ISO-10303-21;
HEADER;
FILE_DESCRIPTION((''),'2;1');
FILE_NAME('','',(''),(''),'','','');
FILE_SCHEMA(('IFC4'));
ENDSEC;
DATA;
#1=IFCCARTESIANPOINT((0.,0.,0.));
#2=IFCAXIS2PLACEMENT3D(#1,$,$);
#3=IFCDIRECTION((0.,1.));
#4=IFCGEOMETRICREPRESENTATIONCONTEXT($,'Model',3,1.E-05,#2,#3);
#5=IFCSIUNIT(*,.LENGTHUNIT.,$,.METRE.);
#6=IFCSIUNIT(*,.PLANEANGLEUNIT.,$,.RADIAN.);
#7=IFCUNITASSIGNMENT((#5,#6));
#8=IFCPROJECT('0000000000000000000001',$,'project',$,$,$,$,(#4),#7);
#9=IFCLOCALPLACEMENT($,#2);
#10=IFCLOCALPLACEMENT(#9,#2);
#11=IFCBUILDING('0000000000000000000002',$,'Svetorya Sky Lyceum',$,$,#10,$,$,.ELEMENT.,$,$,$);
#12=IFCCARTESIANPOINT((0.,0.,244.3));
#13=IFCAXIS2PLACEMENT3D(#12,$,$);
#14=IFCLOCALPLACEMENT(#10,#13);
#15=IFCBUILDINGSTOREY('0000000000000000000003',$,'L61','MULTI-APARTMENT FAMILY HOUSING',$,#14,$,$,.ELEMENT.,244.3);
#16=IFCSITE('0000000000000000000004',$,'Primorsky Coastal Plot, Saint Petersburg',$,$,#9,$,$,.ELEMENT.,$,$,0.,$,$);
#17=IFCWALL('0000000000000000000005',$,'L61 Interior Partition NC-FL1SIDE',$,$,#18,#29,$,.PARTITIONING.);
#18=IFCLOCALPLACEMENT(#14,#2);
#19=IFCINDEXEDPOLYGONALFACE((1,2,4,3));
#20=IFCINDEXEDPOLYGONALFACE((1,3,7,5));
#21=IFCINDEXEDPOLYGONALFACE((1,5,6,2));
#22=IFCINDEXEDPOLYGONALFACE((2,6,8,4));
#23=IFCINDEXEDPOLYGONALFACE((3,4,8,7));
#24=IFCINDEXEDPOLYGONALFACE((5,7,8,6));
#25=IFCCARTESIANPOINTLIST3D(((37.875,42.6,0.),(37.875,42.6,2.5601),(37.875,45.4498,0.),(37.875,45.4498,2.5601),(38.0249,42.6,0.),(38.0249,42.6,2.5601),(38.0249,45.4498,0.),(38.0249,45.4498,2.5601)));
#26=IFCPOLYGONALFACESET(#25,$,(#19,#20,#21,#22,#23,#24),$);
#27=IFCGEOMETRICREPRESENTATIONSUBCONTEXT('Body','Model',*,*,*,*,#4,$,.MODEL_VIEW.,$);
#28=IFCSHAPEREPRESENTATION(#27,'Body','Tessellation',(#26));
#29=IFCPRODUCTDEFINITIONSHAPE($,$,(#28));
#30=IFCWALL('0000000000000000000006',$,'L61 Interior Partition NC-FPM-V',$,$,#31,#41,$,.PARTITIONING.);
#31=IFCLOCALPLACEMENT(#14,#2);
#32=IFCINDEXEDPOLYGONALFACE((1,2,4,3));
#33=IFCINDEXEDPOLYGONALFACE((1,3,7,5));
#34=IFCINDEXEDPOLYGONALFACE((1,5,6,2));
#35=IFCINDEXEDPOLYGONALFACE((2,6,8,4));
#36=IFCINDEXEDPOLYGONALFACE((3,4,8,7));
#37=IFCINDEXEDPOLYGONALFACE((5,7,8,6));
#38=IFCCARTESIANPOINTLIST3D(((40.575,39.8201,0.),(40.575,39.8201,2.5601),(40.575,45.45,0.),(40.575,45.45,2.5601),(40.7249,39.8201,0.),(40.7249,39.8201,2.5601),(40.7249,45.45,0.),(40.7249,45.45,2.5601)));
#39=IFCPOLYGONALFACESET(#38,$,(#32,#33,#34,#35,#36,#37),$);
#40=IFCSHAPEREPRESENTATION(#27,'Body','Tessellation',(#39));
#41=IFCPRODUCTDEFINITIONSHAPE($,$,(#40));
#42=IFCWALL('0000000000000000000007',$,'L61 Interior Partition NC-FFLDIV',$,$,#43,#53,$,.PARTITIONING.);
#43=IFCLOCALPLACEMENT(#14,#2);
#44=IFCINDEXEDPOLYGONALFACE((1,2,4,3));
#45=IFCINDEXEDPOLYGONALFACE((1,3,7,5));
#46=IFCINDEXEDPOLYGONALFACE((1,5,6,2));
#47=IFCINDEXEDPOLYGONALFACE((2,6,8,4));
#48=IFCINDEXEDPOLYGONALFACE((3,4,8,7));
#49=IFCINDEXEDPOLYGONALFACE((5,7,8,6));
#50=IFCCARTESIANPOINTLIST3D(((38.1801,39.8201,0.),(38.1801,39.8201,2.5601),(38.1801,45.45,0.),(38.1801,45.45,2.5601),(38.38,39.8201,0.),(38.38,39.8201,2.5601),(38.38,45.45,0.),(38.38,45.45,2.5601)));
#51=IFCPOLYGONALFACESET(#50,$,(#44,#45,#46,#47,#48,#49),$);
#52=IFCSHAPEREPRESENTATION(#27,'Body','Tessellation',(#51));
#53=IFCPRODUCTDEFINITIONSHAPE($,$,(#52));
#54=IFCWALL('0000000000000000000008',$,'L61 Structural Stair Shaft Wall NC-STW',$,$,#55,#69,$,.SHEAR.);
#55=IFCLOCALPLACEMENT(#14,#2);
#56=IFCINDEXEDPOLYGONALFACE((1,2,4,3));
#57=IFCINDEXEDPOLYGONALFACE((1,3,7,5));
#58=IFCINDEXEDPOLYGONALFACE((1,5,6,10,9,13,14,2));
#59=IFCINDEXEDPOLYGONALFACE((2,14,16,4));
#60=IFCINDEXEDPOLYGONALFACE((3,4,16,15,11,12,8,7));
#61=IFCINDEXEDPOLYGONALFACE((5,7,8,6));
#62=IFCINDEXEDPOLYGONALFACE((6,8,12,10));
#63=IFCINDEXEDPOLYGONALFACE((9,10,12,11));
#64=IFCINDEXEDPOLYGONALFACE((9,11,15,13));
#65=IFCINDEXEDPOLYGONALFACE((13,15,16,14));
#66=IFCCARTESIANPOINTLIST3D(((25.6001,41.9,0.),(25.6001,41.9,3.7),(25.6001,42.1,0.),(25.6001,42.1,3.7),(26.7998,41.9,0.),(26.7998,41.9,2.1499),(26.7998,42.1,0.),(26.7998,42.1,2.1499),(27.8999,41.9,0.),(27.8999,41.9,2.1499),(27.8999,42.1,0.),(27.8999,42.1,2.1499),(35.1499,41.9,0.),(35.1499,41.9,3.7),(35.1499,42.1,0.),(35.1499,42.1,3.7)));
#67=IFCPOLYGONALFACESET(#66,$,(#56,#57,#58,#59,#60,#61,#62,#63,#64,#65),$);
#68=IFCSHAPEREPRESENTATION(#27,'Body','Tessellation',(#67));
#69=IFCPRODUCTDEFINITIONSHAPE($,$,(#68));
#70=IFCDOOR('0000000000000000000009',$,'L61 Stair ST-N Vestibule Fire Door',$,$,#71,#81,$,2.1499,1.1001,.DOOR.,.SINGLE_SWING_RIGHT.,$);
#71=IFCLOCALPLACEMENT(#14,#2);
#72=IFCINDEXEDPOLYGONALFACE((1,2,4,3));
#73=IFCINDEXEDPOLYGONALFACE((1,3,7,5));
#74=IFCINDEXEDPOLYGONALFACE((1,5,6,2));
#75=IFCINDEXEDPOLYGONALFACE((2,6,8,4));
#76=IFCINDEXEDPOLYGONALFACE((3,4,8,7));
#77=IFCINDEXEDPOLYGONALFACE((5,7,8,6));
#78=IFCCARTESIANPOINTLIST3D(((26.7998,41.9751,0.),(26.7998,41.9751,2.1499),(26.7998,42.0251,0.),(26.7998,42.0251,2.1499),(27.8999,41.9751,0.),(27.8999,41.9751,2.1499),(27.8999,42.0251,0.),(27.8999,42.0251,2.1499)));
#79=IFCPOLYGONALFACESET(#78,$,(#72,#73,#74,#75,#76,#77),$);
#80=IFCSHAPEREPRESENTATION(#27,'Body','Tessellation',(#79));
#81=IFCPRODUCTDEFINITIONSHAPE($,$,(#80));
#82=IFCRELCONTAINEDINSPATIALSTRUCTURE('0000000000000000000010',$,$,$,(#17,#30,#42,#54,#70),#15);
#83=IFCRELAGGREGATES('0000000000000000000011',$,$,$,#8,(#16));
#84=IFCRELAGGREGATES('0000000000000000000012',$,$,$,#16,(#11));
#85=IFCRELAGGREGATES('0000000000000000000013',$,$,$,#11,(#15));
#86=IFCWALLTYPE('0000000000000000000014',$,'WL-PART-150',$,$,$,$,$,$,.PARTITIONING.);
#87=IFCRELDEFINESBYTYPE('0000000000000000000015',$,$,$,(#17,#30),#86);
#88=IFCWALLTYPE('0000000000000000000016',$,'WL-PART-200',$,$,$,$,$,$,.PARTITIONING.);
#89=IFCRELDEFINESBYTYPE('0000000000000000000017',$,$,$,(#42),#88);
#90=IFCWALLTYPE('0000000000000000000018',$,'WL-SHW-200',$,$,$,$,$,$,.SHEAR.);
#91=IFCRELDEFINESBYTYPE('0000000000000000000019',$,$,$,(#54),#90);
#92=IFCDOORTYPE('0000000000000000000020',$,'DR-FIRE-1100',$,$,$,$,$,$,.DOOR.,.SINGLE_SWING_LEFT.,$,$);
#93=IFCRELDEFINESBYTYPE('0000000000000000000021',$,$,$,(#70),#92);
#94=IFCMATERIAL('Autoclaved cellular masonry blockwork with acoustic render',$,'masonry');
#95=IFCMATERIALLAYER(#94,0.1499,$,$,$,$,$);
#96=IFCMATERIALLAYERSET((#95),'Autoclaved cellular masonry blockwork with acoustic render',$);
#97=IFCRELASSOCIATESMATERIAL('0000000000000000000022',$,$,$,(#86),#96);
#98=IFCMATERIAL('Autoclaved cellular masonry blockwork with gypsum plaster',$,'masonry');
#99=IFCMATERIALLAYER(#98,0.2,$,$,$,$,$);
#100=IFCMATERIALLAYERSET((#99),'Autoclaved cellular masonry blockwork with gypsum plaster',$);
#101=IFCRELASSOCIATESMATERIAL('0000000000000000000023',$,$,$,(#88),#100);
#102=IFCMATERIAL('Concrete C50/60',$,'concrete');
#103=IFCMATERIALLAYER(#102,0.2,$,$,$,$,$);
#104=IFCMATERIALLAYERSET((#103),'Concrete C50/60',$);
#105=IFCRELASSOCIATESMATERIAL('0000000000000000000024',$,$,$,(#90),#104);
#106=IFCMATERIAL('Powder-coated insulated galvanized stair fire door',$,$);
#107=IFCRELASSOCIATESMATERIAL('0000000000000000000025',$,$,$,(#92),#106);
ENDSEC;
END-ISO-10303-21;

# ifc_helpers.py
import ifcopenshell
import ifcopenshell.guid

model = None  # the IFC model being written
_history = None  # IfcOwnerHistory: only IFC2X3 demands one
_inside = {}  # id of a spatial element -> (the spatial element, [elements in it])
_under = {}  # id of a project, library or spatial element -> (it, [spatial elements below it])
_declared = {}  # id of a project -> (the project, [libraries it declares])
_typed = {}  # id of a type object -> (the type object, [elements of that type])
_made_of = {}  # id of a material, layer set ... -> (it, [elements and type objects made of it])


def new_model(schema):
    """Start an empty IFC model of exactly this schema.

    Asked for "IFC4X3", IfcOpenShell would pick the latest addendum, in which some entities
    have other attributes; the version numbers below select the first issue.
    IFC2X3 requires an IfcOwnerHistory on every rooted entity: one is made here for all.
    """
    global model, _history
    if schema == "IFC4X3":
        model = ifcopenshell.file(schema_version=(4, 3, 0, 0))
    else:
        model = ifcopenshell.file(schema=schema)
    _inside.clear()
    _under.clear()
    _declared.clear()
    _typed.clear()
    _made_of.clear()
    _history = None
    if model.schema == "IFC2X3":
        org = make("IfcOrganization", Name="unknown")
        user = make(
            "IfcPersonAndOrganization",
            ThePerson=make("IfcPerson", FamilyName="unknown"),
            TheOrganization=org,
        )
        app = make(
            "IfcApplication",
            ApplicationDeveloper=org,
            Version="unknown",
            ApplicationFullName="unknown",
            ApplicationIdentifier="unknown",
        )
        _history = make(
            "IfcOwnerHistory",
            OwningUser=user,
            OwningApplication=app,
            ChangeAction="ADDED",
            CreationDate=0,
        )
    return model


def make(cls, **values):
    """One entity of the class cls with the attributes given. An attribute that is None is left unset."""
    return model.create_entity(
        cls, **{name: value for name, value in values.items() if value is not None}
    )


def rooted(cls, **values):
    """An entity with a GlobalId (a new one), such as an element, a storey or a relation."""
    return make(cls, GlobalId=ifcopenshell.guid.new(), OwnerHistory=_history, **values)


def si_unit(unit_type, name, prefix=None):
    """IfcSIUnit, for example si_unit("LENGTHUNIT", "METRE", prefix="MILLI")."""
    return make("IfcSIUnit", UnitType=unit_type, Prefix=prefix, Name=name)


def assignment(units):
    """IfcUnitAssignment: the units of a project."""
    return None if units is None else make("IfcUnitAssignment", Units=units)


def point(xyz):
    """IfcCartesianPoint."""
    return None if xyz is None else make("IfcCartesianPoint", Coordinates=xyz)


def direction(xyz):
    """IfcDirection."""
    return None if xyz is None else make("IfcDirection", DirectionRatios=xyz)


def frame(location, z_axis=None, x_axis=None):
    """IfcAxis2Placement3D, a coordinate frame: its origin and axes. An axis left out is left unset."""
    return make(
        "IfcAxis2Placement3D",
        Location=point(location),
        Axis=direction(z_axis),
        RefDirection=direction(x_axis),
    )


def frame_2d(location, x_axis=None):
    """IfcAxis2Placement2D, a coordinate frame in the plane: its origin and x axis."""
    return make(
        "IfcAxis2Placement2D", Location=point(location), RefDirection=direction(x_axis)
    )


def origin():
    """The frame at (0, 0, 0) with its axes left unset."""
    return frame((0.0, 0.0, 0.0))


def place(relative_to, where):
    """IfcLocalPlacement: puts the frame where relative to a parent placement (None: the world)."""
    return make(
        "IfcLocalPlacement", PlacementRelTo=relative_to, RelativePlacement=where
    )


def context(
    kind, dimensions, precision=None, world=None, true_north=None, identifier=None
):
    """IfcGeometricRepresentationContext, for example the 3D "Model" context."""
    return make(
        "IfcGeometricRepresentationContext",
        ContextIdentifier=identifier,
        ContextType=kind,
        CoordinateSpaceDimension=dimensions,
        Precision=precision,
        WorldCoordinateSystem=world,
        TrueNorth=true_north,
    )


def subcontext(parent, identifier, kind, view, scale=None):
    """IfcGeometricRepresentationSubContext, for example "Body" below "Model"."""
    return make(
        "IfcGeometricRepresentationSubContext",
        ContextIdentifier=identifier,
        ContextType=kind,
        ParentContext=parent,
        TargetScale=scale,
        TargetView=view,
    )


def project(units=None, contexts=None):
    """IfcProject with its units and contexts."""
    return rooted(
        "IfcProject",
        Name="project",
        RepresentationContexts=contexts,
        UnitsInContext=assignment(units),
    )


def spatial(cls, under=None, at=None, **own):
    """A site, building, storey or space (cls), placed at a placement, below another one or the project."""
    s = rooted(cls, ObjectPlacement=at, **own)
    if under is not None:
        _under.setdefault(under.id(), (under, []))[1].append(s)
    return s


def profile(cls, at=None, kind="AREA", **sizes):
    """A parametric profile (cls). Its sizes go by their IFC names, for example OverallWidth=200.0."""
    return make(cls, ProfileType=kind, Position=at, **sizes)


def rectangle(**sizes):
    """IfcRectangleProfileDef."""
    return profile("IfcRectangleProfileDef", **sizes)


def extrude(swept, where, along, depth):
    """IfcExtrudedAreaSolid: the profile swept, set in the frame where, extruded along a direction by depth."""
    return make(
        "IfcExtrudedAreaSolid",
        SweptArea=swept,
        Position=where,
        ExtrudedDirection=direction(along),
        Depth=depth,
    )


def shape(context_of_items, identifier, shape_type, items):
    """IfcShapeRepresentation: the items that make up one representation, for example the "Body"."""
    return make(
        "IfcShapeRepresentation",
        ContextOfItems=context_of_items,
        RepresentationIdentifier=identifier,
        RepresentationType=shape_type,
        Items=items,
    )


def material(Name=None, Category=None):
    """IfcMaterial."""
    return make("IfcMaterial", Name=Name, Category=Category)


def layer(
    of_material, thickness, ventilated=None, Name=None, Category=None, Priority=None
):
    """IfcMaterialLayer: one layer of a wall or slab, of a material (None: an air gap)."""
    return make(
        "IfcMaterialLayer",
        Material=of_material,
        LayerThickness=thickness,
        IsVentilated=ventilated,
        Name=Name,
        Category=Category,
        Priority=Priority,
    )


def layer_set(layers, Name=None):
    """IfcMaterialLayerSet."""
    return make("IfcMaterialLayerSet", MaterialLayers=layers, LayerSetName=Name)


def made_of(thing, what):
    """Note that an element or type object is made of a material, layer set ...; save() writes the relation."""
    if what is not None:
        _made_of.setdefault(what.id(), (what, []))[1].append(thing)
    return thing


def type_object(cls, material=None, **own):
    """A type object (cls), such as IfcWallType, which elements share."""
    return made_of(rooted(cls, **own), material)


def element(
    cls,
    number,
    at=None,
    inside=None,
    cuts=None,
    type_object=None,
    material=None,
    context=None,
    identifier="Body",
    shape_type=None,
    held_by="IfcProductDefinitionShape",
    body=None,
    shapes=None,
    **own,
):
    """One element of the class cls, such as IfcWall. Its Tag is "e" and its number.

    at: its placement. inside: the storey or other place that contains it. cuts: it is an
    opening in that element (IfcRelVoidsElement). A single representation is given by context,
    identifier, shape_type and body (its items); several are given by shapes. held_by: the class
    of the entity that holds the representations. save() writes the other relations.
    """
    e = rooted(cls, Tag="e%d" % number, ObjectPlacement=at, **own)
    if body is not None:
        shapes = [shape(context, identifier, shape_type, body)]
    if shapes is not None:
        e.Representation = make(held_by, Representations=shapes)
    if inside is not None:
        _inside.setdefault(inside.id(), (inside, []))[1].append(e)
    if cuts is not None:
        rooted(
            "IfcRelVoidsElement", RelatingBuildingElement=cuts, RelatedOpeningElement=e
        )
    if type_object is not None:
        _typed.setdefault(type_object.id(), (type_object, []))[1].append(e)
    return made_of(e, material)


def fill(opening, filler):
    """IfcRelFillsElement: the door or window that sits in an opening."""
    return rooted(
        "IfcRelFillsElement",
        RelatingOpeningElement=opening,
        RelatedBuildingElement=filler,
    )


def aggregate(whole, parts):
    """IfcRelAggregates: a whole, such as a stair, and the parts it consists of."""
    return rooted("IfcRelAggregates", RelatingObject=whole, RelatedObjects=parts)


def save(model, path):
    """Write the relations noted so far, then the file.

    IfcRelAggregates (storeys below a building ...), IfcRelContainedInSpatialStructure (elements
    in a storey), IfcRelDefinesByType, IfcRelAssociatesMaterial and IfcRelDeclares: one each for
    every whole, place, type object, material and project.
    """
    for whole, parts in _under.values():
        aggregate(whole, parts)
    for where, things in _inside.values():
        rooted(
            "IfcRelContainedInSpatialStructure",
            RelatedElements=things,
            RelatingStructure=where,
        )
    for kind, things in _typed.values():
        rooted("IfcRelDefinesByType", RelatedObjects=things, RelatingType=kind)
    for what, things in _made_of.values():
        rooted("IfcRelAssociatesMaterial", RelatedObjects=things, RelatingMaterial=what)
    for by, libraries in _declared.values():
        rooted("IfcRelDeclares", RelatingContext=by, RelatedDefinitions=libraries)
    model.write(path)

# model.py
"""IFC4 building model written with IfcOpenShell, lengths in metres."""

from ifc_helpers import new_model, si_unit, direction, frame, frame_2d, origin, place, context, subcontext, project, spatial, rectangle, extrude, material, layer, layer_set, type_object, element, fill, save


model = new_model("IFC4")

# Units and contexts
model_context = context("Model", 3, precision=1e-05, world=origin(), true_north=direction((0.0, 1.0)))
body_context = subcontext(model_context, "Body", "Model", "MODEL_VIEW")
ifc_project = project(units=[si_unit("LENGTHUNIT", "METRE"), si_unit("PLANEANGLEUNIT", "RADIAN")], contexts=[model_context])

# Site, building, storey
site_placement = place(None, origin())
site = spatial("IfcSite", under=ifc_project, at=site_placement, Name="Primorsky Coastal Plot, Saint Petersburg", CompositionType="ELEMENT", RefElevation=0.0)
building_placement = place(site_placement, origin())
building = spatial("IfcBuilding", under=site, at=building_placement, Name="Svetorya Sky Lyceum", CompositionType="ELEMENT")
storey_placement = place(building_placement, frame((0.0, 0.0, 244.3)))
storey = spatial("IfcBuildingStorey", under=building, at=storey_placement, Name="L61", Description="MULTI-APARTMENT FAMILY HOUSING", CompositionType="ELEMENT", Elevation=244.3)

# Shared definitions
ifc_material_1 = material(Name="Concrete C50/60", Category="concrete")

# Shared definitions
ifc_material_2 = material(Name="Autoclaved cellular masonry blockwork with acoustic render", Category="masonry")
ifc_layer_1 = layer(ifc_material_2, 0.1499)
ifc_layer_set_1 = layer_set([ifc_layer_1], Name="Autoclaved cellular masonry blockwork with acoustic render")
wall_type_1 = type_object("IfcWallType", Name="WL-PART-150", PredefinedType="PARTITIONING", material=ifc_layer_set_1)

# Walls
wall_1_placement = place(storey_placement, frame((37.95, 42.6001, 0.0), z_axis=(0.0, 0.0, 1.0), x_axis=(0.0, 1.0, 0.0)))
element("IfcWall", 1, at=wall_1_placement, inside=storey, type_object=wall_type_1, Name="L61 Interior Partition NC-FL1SIDE", PredefinedType="PARTITIONING", context=body_context, shape_type="SweptSolid", body=[
    extrude(rectangle(XDim=2.8499, YDim=0.1499, at=frame_2d((1.4248, 0.0))), origin(), (0.0, 0.0, 1.0), 2.5601),
])
wall_2_placement = place(storey_placement, frame((40.6499, 39.8201, 0.0), z_axis=(0.0, 0.0, 1.0), x_axis=(0.0, 1.0, 0.0)))
element("IfcWall", 2, at=wall_2_placement, inside=storey, type_object=wall_type_1, Name="L61 Interior Partition NC-FPM-V", PredefinedType="PARTITIONING", context=body_context, shape_type="SweptSolid", body=[
    extrude(rectangle(XDim=5.6299, YDim=0.1499, at=frame_2d((2.8149, 0.0))), origin(), (0.0, 0.0, 1.0), 2.5601),
])

# Shared definitions
ifc_material_3 = material(Name="Autoclaved cellular masonry blockwork with gypsum plaster", Category="masonry")
ifc_layer_2 = layer(ifc_material_3, 0.2)
ifc_layer_set_2 = layer_set([ifc_layer_2], Name="Autoclaved cellular masonry blockwork with gypsum plaster")
wall_type_2 = type_object("IfcWallType", Name="WL-PART-200", PredefinedType="PARTITIONING", material=ifc_layer_set_2)

# Wall
wall_3_placement = place(storey_placement, frame((38.28, 39.8201, 0.0), z_axis=(0.0, 0.0, 1.0), x_axis=(0.0, 1.0, 0.0)))
element("IfcWall", 3, at=wall_3_placement, inside=storey, type_object=wall_type_2, Name="L61 Interior Partition NC-FFLDIV", PredefinedType="PARTITIONING", context=body_context, shape_type="SweptSolid", body=[
    extrude(rectangle(XDim=5.6299, YDim=0.2, at=frame_2d((2.8149, 0.0))), origin(), (0.0, 0.0, 1.0), 2.5601),
])

# Wall, opening, door
ifc_layer_3 = layer(ifc_material_1, 0.2)
ifc_layer_set_3 = layer_set([ifc_layer_3], Name="Concrete C50/60")
wall_type_3 = type_object("IfcWallType", Name="WL-SHW-200", PredefinedType="SHEAR", material=ifc_layer_set_3)
wall_4_placement = place(storey_placement, frame((35.1499, 42.0, 0.0), z_axis=(0.0, 0.0, 1.0), x_axis=(-1.0, 0.0, 0.0)))
wall_4 = element("IfcWall", 4, at=wall_4_placement, inside=storey, type_object=wall_type_3, Name="L61 Structural Stair Shaft Wall NC-STW", PredefinedType="SHEAR", context=body_context, shape_type="SweptSolid", body=[
    extrude(rectangle(XDim=9.5498, YDim=0.2, at=frame_2d((4.7749, 0.0))), origin(), (0.0, 0.0, 1.0), 3.7),
])
opening_1_placement = place(wall_4_placement, frame((7.25, 0.0, 0.0)))
opening_1 = element("IfcOpeningElement", 5, at=opening_1_placement, cuts=wall_4, PredefinedType="OPENING", context=body_context, shape_type="SweptSolid", body=[
    extrude(rectangle(XDim=1.1001, YDim=2.1499, at=frame_2d((0.55, 1.075))), frame((0.0, 0.1099, 0.0), z_axis=(0.0, -1.0, 0.0), x_axis=(1.0, 0.0, 0.0)), (0.0, 0.0, 1.0), 0.22),
])
ifc_material_4 = material(Name="Powder-coated insulated galvanized stair fire door")
door_type_1 = type_object("IfcDoorType", Name="DR-FIRE-1100", OperationType="SINGLE_SWING_LEFT", PredefinedType="DOOR", material=ifc_material_4)
door_1_placement = place(opening_1_placement, origin())
door_1 = element("IfcDoor", 6, at=door_1_placement, inside=storey, type_object=door_type_1, Name="L61 Stair ST-N Vestibule Fire Door", OperationType="SINGLE_SWING_RIGHT", OverallHeight=2.1499, OverallWidth=1.1001, PredefinedType="DOOR", context=body_context, shape_type="SweptSolid", body=[
    extrude(rectangle(XDim=1.1001, YDim=2.1499, at=frame_2d((0.55, 1.075))), frame((0.0, 0.0249, 0.0), z_axis=(0.0, -1.0, 0.0), x_axis=(1.0, 0.0, 0.0)), (0.0, 0.0, 1.0), 0.05),
])
fill(opening_1, door_1)

save(model, "model.ifc")
